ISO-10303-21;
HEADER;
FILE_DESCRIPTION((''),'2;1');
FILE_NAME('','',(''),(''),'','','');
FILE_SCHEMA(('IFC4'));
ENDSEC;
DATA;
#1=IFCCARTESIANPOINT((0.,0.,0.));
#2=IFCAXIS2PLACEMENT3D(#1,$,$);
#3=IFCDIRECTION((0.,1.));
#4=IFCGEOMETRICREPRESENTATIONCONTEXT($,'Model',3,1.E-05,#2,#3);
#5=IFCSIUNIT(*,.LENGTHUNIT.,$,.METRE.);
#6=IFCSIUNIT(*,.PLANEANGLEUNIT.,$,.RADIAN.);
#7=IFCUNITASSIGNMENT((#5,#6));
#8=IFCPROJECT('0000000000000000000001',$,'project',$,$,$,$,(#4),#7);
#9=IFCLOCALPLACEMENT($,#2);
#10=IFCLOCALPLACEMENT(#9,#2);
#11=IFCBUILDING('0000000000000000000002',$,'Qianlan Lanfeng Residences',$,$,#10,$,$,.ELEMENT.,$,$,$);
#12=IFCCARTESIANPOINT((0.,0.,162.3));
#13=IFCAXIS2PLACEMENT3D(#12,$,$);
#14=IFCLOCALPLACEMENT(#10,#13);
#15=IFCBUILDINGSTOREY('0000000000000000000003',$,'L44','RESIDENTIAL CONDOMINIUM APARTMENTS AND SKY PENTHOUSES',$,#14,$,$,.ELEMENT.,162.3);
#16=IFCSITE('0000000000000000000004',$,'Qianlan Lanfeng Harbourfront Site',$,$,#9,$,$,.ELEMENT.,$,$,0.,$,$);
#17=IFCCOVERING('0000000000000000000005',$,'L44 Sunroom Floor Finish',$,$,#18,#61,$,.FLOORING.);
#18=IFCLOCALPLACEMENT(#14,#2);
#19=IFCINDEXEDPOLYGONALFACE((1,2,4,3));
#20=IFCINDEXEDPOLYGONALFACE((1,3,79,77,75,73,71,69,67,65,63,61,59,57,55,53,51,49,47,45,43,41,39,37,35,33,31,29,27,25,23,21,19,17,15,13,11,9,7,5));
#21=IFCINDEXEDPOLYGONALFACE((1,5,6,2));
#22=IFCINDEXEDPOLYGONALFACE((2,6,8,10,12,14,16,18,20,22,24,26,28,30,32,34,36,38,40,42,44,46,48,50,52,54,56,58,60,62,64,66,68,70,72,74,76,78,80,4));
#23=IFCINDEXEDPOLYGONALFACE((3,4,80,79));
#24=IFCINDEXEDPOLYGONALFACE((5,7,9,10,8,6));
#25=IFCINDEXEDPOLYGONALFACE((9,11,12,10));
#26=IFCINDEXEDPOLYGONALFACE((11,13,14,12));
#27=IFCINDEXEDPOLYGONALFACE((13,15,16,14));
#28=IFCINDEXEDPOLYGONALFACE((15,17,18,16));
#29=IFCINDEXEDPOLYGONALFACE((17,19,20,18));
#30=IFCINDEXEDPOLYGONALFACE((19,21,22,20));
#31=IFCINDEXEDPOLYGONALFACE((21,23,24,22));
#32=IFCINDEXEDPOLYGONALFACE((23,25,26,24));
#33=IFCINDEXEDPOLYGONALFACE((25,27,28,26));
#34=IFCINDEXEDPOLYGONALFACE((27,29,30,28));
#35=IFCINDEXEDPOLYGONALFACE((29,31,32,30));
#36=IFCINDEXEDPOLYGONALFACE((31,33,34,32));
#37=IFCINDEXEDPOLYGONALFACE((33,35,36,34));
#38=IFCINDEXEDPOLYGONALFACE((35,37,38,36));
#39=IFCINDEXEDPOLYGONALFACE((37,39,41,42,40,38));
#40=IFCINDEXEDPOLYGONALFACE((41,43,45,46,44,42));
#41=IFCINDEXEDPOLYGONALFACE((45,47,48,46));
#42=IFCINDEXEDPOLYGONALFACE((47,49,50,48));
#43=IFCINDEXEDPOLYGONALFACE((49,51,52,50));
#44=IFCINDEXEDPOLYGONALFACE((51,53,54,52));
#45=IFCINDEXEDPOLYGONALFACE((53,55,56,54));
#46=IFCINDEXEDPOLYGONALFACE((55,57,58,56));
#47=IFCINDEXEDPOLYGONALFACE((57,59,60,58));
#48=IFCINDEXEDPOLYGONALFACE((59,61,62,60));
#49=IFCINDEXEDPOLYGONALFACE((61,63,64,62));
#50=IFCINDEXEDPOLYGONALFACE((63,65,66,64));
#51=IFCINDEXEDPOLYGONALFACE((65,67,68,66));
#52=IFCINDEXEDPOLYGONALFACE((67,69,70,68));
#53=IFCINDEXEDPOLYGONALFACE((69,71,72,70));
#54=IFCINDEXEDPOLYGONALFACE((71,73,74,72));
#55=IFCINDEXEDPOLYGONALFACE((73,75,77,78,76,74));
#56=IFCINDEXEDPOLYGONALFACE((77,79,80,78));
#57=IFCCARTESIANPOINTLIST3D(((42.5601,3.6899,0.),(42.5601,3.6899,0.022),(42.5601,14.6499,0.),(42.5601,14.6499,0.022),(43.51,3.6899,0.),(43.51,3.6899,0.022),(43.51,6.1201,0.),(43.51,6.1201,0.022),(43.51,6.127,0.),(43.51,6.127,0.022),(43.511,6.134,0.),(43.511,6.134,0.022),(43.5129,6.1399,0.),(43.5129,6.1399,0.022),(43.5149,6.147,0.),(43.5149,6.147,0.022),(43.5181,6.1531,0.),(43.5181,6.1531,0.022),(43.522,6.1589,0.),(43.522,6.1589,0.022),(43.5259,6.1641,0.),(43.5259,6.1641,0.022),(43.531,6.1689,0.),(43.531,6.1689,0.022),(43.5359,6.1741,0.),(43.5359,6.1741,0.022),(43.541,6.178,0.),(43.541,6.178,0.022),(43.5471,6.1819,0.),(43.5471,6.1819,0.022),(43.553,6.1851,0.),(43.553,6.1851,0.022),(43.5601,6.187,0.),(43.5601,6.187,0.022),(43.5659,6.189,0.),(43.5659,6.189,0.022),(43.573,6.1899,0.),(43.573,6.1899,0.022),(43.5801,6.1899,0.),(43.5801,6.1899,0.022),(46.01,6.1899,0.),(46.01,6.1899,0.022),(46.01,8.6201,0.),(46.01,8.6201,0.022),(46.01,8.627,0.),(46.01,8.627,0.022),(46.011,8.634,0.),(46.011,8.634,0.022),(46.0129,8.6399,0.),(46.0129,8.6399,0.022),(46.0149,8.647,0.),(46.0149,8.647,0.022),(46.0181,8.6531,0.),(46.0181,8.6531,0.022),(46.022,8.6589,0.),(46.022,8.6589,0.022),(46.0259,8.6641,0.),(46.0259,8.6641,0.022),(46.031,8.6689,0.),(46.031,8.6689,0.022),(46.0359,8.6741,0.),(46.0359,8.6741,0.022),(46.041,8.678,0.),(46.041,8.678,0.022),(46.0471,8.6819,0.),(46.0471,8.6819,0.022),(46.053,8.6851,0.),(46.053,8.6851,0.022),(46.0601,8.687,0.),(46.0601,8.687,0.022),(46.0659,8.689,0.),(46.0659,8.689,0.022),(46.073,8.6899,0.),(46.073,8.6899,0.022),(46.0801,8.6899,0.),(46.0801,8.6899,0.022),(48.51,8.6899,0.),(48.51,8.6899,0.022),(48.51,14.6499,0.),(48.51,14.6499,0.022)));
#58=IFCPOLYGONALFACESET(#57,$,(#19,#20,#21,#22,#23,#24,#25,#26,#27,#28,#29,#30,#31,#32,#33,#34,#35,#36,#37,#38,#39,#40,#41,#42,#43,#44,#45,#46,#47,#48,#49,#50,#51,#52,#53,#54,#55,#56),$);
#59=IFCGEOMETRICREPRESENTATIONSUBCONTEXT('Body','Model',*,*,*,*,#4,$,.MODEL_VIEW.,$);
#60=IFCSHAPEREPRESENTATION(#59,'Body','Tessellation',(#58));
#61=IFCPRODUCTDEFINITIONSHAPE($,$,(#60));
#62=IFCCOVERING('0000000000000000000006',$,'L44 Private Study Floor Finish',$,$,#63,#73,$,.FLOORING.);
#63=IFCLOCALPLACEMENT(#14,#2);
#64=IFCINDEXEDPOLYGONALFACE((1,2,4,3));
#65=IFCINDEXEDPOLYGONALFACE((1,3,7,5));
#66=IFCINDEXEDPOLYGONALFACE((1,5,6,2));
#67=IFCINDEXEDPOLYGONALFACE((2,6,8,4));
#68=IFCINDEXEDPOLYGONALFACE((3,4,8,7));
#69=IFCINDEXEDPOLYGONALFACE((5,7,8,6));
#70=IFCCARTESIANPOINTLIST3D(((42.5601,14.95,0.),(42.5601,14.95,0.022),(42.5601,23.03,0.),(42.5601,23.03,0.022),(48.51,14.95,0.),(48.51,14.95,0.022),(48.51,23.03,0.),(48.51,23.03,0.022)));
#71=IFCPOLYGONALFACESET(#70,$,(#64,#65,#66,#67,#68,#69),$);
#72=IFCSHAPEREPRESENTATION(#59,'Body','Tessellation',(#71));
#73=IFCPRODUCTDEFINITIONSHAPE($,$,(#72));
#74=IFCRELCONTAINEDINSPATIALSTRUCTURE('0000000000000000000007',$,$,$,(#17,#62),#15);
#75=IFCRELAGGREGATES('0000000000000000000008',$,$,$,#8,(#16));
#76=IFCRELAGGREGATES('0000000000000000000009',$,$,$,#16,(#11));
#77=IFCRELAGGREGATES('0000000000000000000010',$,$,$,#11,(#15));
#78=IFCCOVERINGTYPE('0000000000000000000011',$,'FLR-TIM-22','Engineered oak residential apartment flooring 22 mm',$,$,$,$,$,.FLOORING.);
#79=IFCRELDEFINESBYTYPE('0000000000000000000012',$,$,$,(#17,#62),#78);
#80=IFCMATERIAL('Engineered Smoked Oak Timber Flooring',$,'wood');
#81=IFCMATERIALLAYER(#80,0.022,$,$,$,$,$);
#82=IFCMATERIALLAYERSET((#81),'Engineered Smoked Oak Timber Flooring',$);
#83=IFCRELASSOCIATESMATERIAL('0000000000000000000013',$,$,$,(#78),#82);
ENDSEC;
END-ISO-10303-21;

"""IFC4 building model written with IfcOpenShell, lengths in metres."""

from ifc_helpers import new_model, si_unit, direction, frame, origin, place, context, subcontext, project, spatial, polyline, outline, extrude, material, layer, layer_set, type_object, element, save


model = new_model("IFC4")

# Units and contexts
model_context = context("Model", 3, precision=1e-05, world=origin(), true_north=direction((0.0, 1.0)))
body_context = subcontext(model_context, "Body", "Model", "MODEL_VIEW")
ifc_project = project(units=[si_unit("LENGTHUNIT", "METRE"), si_unit("PLANEANGLEUNIT", "RADIAN")], contexts=[model_context])

# Site, building, storey
site_placement = place(None, origin())
site = spatial("IfcSite", under=ifc_project, at=site_placement, Name="Qianlan Lanfeng Harbourfront Site", CompositionType="ELEMENT", RefElevation=0.0)
building_placement = place(site_placement, origin())
building = spatial("IfcBuilding", under=site, at=building_placement, Name="Qianlan Lanfeng Residences", CompositionType="ELEMENT")
storey_placement = place(building_placement, frame((0.0, 0.0, 162.3)))
storey = spatial("IfcBuildingStorey", under=building, at=storey_placement, Name="L44", Description="RESIDENTIAL CONDOMINIUM APARTMENTS AND SKY PENTHOUSES", CompositionType="ELEMENT", Elevation=162.3)

# Coverings
ifc_material_1 = material(Name="Engineered Smoked Oak Timber Flooring", Category="wood")
ifc_layer_1 = layer(ifc_material_1, 0.022)
ifc_layer_set_1 = layer_set([ifc_layer_1], Name="Engineered Smoked Oak Timber Flooring")
covering_type_1 = type_object("IfcCoveringType", Name="FLR-TIM-22", Description="Engineered oak residential apartment flooring 22 mm", PredefinedType="FLOORING", material=ifc_layer_set_1)
covering_1_placement = place(storey_placement, origin())
element("IfcCovering", 1, at=covering_1_placement, inside=storey, type_object=covering_type_1, Name="L44 Sunroom Floor Finish", PredefinedType="FLOORING", context=body_context, shape_type="SweptSolid", body=[
    extrude(outline(polyline([(48.51, 14.6499), (42.5601, 14.6499), (42.5601, 3.6899), (43.51, 3.6899), (43.51, 6.1201), (43.51, 6.127), (43.511, 6.134), (43.5129, 6.1399), (43.5149, 6.147), (43.5181, 6.1531), (43.522, 6.1589), (43.5259, 6.1641), (43.531, 6.1689), (43.5359, 6.1741), (43.541, 6.178), (43.5471, 6.1819), (43.553, 6.1851), (43.5601, 6.187), (43.5659, 6.189), (43.573, 6.1899), (43.5801, 6.1899), (46.01, 6.1899), (46.01, 8.6201), (46.01, 8.627), (46.011, 8.634), (46.0129, 8.6399), (46.0149, 8.647), (46.0181, 8.6531), (46.022, 8.6589), (46.0259, 8.6641), (46.031, 8.6689), (46.0359, 8.6741), (46.041, 8.678), (46.0471, 8.6819), (46.053, 8.6851), (46.0601, 8.687), (46.0659, 8.689), (46.073, 8.6899), (46.0801, 8.6899), (48.51, 8.6899), (48.51, 14.6499)])), origin(), (0.0, 0.0, 1.0), 0.022),
])
covering_2_placement = place(storey_placement, origin())
element("IfcCovering", 2, at=covering_2_placement, inside=storey, type_object=covering_type_1, Name="L44 Private Study Floor Finish", PredefinedType="FLOORING", context=body_context, shape_type="SweptSolid", body=[
    extrude(outline(polyline([(48.51, 23.03), (42.5601, 23.03), (42.5601, 14.95), (48.51, 14.95), (48.51, 23.03)])), origin(), (0.0, 0.0, 1.0), 0.022),
])

save(model, "model.ifc")
